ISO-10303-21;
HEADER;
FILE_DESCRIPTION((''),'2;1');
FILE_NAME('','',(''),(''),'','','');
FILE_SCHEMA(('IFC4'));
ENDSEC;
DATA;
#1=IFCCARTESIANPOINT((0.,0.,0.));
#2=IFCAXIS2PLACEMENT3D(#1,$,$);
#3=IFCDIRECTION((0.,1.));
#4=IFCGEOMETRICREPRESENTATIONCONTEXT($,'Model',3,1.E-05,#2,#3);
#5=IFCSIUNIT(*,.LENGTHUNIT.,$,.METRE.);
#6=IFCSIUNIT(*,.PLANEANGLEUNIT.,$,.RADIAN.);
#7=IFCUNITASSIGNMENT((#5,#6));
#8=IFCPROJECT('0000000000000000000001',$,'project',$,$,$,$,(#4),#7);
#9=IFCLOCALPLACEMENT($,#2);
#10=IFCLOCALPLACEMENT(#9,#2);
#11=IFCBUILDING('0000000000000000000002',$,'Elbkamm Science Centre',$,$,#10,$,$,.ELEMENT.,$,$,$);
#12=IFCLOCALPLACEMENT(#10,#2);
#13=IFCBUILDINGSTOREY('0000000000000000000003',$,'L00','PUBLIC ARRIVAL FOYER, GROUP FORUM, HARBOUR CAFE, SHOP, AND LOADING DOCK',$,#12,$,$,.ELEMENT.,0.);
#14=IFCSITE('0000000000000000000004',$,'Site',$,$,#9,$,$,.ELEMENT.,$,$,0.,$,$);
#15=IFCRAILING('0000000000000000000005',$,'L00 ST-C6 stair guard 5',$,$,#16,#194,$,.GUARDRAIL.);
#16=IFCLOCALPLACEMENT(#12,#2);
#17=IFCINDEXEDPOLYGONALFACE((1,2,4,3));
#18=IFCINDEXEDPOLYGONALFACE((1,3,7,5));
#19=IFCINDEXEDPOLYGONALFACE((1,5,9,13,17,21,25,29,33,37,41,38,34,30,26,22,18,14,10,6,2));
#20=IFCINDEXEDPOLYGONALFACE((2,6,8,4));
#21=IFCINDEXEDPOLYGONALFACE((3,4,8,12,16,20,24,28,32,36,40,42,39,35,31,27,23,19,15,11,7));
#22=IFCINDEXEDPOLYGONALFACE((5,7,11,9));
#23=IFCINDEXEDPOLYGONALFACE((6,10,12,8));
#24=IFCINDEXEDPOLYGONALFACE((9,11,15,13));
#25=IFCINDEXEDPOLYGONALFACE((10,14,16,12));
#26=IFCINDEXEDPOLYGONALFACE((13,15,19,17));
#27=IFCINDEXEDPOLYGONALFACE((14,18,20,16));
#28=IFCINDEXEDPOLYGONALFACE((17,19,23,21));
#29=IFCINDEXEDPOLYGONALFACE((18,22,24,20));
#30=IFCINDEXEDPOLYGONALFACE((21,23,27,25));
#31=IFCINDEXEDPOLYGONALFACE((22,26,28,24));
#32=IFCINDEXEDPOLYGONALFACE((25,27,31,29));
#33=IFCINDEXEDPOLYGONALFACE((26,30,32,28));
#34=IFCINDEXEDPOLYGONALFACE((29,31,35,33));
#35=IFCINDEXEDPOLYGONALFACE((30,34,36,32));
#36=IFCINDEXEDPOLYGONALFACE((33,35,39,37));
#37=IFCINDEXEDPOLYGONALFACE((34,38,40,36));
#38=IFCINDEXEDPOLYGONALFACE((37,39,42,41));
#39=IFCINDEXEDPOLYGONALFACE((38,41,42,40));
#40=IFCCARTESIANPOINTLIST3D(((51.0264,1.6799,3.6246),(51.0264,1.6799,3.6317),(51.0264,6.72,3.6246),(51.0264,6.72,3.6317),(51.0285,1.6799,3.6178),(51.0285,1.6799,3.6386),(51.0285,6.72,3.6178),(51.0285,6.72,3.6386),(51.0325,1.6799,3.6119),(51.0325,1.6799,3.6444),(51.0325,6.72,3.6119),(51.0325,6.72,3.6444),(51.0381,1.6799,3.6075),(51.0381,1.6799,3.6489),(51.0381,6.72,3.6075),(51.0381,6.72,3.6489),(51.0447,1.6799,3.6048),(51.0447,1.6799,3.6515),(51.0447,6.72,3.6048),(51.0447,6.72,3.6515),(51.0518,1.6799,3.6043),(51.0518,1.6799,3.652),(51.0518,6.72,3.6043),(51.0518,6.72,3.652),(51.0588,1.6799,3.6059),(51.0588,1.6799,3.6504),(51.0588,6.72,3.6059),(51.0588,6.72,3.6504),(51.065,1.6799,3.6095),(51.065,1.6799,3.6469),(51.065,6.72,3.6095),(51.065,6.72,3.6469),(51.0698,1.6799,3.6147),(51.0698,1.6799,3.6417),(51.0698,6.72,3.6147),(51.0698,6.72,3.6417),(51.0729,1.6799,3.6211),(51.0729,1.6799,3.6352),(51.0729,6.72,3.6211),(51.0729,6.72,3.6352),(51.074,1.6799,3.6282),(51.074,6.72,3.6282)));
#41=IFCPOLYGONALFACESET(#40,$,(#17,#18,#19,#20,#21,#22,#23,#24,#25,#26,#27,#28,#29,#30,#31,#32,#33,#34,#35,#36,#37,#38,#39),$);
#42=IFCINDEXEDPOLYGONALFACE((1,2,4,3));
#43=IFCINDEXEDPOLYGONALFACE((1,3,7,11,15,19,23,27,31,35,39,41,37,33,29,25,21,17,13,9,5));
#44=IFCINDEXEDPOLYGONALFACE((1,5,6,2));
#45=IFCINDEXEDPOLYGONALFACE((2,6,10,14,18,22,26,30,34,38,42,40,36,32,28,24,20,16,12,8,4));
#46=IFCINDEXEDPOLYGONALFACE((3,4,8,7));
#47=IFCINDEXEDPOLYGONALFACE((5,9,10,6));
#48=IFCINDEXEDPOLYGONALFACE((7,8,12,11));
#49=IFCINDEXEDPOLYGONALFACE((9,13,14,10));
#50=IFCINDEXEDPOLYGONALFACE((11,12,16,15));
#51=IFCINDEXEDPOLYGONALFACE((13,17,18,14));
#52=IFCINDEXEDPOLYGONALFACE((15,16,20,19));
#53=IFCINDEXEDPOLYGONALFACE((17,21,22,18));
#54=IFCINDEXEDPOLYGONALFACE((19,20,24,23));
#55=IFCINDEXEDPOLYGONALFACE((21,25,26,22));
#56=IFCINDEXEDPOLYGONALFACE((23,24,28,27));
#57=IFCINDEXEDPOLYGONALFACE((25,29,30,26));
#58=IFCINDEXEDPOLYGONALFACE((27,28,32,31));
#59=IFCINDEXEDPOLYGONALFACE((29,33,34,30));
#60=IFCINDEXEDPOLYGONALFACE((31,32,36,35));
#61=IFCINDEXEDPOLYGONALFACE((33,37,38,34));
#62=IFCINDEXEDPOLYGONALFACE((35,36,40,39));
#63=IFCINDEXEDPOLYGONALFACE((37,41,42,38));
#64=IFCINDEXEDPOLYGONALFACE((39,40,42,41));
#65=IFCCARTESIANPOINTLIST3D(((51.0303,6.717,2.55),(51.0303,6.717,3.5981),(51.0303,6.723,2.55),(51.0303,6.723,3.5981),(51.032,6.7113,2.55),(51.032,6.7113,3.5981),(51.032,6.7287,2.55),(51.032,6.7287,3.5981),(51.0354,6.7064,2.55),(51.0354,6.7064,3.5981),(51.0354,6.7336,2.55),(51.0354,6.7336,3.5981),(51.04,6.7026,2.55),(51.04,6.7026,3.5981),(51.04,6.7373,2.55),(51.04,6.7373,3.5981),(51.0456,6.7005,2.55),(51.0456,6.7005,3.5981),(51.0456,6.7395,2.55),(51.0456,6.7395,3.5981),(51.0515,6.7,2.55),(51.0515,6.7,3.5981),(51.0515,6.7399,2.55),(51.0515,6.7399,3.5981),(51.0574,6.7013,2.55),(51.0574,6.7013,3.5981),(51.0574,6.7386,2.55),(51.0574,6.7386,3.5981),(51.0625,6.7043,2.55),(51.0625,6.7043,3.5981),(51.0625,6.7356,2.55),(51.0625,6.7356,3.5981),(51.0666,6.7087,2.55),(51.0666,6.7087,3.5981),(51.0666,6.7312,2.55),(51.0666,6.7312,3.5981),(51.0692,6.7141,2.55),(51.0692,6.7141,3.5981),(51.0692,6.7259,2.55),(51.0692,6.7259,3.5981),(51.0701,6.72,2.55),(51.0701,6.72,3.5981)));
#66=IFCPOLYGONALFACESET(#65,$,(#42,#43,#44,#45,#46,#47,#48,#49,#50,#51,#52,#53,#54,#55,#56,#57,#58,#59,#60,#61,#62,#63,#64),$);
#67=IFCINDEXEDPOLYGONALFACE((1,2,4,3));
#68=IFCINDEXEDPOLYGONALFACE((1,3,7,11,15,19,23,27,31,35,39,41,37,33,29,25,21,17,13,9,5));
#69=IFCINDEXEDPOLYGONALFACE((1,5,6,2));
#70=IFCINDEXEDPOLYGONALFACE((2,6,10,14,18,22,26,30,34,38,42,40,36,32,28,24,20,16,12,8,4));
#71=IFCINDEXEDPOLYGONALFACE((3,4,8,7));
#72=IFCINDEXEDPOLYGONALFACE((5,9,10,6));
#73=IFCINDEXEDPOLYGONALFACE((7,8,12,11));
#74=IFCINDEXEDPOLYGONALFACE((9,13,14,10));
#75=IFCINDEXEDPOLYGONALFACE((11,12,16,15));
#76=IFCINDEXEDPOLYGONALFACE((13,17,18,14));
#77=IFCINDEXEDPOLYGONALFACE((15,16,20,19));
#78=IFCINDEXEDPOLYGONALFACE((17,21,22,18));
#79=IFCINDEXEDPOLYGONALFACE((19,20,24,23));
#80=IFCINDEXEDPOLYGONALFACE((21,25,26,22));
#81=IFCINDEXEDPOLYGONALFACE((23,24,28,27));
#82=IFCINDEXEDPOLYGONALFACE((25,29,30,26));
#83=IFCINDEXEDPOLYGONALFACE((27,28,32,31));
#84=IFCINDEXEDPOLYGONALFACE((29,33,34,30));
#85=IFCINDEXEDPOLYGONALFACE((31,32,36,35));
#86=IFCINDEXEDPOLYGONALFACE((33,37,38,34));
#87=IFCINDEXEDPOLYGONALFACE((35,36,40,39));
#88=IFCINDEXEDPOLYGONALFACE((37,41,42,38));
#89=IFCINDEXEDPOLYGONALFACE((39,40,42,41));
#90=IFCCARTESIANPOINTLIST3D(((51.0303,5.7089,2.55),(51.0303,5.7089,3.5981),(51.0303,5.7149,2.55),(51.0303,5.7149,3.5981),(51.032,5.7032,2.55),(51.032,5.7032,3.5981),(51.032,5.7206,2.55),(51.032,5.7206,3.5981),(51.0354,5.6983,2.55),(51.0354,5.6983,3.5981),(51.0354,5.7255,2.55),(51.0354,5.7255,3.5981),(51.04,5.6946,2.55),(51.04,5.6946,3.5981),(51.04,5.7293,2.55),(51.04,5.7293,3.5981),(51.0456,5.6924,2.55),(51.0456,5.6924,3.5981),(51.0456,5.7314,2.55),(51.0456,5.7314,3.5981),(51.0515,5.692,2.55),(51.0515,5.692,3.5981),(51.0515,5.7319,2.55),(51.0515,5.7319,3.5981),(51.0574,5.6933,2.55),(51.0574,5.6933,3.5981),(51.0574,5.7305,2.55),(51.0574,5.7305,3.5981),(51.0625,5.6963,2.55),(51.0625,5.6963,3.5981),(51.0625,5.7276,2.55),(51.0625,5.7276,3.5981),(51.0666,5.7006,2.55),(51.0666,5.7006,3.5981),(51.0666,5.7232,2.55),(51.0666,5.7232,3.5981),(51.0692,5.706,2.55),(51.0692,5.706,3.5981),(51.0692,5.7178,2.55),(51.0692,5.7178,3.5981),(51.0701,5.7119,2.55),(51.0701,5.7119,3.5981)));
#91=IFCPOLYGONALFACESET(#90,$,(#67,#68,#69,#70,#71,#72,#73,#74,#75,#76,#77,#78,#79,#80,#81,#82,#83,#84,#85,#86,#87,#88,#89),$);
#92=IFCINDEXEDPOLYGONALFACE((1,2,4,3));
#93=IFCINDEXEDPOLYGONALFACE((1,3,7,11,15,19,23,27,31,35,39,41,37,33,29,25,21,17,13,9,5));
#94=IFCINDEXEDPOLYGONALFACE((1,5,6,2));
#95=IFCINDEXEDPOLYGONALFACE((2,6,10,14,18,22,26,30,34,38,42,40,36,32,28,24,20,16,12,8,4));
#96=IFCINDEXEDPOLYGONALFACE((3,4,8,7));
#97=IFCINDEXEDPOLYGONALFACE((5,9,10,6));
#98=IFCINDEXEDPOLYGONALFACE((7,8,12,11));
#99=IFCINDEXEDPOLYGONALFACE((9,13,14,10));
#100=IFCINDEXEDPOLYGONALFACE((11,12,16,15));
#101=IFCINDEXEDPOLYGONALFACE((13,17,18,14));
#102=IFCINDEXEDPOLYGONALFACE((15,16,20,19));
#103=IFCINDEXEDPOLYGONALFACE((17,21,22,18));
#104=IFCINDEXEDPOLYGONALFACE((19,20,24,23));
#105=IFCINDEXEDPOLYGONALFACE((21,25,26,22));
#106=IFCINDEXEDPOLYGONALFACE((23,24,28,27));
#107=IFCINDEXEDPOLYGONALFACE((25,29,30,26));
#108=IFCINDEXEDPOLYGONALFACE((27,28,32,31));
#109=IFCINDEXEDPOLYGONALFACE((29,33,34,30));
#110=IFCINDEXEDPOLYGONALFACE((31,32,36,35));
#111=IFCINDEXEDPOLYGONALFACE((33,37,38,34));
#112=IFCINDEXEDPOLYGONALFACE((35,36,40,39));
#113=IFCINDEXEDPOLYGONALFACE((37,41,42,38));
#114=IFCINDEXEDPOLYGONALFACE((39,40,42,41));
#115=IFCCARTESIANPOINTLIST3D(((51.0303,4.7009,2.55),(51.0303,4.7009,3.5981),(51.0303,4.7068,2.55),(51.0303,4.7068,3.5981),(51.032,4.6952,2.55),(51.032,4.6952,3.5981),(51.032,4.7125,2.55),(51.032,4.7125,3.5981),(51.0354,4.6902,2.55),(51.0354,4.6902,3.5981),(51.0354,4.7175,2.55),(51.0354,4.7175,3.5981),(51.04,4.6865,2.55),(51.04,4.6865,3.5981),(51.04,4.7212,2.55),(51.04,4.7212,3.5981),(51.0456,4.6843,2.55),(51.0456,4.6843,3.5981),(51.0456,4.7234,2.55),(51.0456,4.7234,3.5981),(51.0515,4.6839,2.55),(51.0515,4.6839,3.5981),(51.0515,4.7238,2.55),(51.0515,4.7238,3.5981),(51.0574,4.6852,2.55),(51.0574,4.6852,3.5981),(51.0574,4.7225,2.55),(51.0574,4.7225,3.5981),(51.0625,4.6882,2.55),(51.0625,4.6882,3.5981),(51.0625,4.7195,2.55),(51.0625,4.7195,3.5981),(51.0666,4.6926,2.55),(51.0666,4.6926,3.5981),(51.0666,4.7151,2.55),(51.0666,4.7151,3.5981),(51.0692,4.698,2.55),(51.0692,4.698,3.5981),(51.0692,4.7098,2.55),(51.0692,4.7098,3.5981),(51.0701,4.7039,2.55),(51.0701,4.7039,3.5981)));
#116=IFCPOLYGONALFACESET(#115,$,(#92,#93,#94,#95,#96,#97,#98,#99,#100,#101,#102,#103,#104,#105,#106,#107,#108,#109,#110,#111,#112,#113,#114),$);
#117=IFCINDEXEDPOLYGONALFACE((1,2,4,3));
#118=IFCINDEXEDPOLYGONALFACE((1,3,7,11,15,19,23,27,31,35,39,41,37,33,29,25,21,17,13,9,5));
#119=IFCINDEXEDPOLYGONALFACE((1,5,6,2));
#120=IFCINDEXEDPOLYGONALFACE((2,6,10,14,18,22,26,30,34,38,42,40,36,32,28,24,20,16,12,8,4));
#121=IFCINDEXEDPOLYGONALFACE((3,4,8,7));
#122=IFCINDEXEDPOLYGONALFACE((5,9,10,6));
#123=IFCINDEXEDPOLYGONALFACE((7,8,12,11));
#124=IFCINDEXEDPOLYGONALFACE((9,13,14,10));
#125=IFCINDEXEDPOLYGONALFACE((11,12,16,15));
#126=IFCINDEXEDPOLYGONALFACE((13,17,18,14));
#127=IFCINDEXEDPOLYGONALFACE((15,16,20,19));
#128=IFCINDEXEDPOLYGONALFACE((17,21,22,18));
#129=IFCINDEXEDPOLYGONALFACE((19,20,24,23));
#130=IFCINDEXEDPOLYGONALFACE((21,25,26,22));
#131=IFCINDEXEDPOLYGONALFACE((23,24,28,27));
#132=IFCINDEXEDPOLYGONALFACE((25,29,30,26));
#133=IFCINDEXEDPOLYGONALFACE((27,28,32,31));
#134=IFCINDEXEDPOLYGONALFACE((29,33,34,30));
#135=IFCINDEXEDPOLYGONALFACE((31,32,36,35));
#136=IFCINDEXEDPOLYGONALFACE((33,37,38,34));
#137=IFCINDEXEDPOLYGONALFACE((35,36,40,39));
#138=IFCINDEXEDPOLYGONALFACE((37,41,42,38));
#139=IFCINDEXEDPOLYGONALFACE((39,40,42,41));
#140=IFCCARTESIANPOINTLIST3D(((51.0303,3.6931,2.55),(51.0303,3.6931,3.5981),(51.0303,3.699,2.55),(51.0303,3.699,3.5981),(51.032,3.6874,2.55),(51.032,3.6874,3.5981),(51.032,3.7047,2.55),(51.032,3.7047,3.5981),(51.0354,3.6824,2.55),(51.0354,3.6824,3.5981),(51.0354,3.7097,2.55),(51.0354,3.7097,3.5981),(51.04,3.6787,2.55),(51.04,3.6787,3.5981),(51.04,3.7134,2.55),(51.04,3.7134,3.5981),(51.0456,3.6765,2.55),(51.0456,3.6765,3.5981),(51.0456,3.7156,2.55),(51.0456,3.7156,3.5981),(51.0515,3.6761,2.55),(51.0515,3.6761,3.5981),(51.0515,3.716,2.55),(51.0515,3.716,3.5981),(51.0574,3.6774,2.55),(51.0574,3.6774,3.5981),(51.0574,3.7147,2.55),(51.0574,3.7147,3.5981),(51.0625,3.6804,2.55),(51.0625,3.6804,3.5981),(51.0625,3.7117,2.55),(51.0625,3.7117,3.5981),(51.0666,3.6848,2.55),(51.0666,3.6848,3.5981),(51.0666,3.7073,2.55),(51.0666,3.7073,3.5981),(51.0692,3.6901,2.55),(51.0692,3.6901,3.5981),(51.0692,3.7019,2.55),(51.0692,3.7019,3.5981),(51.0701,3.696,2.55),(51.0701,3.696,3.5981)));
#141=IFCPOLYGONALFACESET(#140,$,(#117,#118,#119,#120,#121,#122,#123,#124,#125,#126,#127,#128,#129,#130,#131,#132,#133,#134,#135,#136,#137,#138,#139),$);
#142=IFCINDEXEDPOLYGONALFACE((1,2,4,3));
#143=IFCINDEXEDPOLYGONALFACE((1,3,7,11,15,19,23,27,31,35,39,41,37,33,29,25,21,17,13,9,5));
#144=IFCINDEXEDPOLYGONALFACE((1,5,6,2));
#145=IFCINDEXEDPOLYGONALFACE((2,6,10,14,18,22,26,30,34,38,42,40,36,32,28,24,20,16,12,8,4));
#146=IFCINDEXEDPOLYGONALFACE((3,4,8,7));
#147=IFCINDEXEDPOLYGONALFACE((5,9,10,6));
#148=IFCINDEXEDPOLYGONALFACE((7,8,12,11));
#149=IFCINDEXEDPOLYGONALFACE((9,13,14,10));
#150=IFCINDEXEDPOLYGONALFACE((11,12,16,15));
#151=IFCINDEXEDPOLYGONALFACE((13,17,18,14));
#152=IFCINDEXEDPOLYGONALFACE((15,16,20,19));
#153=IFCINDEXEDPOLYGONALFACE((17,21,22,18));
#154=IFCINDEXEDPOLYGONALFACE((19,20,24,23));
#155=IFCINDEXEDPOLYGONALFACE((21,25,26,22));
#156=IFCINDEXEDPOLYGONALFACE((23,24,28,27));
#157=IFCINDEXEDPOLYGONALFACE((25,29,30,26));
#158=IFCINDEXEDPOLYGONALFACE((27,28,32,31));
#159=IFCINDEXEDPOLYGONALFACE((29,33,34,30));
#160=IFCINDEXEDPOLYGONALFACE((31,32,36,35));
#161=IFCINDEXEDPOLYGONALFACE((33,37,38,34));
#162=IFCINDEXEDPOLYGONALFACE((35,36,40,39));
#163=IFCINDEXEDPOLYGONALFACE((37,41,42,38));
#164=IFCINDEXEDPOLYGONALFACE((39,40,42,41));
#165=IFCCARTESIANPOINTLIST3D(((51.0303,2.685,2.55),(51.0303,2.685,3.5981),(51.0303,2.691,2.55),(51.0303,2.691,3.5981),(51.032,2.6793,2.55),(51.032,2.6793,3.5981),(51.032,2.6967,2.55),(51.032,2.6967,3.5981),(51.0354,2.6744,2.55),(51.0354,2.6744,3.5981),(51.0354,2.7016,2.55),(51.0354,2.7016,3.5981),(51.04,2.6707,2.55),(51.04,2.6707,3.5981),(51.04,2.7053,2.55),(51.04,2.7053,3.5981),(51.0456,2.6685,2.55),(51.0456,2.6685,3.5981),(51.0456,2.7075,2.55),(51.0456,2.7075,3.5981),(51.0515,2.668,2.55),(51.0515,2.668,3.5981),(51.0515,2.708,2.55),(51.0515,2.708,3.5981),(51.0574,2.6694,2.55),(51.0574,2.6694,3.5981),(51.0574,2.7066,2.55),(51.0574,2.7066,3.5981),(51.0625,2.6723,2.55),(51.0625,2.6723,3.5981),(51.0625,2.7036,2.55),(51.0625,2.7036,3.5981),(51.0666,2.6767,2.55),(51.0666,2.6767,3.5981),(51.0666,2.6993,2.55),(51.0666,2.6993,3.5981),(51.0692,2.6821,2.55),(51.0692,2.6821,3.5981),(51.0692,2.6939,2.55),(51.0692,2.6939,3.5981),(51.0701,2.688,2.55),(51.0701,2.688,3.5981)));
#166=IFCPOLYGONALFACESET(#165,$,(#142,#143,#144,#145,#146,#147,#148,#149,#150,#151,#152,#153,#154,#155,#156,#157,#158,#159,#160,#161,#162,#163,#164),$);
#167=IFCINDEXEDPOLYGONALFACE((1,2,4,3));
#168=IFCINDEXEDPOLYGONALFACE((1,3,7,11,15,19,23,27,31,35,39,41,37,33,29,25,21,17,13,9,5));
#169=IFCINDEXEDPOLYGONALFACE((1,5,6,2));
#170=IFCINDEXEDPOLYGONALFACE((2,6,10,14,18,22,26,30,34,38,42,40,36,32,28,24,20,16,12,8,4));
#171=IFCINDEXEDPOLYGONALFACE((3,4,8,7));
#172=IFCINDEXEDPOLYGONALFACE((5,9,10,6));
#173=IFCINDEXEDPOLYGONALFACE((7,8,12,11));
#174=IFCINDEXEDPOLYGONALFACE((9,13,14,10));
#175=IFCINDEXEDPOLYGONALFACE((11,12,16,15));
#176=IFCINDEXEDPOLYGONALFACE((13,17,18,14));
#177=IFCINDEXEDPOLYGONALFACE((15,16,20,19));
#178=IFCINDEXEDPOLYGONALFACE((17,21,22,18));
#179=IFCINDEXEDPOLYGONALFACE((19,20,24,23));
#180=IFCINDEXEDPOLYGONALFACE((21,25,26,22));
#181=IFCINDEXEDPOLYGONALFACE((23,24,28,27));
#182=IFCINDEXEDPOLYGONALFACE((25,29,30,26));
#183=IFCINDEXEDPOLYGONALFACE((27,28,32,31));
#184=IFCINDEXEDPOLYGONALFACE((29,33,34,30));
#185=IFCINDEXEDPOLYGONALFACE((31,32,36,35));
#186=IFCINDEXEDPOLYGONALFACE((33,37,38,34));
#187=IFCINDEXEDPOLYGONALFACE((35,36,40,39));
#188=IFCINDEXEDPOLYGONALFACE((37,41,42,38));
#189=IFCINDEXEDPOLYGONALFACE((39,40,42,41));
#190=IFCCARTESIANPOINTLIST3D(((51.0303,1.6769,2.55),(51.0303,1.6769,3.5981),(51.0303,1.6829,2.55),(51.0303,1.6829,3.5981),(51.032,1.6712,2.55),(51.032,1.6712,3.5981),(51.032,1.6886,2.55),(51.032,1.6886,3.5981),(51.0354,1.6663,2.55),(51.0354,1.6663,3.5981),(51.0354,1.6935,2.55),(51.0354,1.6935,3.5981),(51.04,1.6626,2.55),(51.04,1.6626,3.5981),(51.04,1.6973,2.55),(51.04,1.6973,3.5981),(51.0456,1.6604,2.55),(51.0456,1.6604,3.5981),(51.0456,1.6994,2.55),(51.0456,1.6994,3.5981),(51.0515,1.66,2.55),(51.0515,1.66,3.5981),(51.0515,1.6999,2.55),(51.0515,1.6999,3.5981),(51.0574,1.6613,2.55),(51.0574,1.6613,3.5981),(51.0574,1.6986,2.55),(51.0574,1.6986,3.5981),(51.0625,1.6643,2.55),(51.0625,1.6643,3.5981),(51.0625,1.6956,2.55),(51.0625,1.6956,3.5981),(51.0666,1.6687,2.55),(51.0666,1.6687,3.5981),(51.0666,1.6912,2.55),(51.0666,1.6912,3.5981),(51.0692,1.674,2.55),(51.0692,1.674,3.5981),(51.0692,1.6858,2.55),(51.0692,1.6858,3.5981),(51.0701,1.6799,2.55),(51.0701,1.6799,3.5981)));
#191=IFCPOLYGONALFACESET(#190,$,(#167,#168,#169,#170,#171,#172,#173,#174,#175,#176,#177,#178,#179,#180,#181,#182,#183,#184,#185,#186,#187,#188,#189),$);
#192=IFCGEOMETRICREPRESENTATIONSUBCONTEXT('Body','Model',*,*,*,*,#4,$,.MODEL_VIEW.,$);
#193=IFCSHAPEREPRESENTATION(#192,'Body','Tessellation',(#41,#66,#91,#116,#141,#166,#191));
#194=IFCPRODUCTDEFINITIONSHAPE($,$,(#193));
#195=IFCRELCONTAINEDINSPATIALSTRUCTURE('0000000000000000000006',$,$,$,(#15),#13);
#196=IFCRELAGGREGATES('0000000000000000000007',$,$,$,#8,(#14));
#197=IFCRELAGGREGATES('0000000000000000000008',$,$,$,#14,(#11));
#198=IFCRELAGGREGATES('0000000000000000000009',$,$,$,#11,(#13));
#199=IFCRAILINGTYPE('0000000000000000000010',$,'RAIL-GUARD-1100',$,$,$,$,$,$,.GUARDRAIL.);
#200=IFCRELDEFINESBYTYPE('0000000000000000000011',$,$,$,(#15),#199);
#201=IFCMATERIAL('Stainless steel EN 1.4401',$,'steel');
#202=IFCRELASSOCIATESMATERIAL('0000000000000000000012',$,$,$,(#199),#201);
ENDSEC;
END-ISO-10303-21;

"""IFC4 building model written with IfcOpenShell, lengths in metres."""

from ifc_helpers import new_model, si_unit, direction, frame, origin, origin_2d, place, context, subcontext, project, spatial, circle, extrude, material, type_object, element, save


model = new_model("IFC4")

# Units and contexts
model_context = context("Model", 3, precision=1e-05, world=origin(), true_north=direction((0.0, 1.0)))
body_context = subcontext(model_context, "Body", "Model", "MODEL_VIEW")
ifc_project = project(units=[si_unit("LENGTHUNIT", "METRE"), si_unit("PLANEANGLEUNIT", "RADIAN")], contexts=[model_context])

# Site, building, storey
site_placement = place(None, origin())
site = spatial("IfcSite", under=ifc_project, at=site_placement, Name="Site", CompositionType="ELEMENT", RefElevation=0.0)
building_placement = place(site_placement, origin())
building = spatial("IfcBuilding", under=site, at=building_placement, Name="Elbkamm Science Centre", CompositionType="ELEMENT")
storey_placement = place(building_placement, origin())
storey = spatial("IfcBuildingStorey", under=building, at=storey_placement, Name="L00", Description="PUBLIC ARRIVAL FOYER, GROUP FORUM, HARBOUR CAFE, SHOP, AND LOADING DOCK", CompositionType="ELEMENT", Elevation=0.0)

# Railing
ifc_material_1 = material(Name="Stainless steel EN 1.4401", Category="steel")
railing_type_1 = type_object("IfcRailingType", Name="RAIL-GUARD-1100", PredefinedType="GUARDRAIL", material=ifc_material_1)
railing_1_placement = place(storey_placement, frame((51.05, 6.72, 2.55)))
element("IfcRailing", 1, at=railing_1_placement, inside=storey, type_object=railing_type_1, Name="L00 ST-C6 stair guard 5", PredefinedType="GUARDRAIL", context=body_context, shape_type="SweptSolid", body=[
    extrude(circle(Radius=0.0239, at=origin_2d()), frame((0.0, 0.0, 1.0781), z_axis=(0.0, -1.0, 0.0), x_axis=(1.0, 0.0, 0.0)), (0.0, 0.0, 1.0), 5.04),
    extrude(circle(Radius=0.02, at=origin_2d()), origin(), (0.0, 0.0, 1.0), 1.0481),
    extrude(circle(Radius=0.02, at=origin_2d()), frame((0.0, -1.0081, 0.0)), (0.0, 0.0, 1.0), 1.0481),
    extrude(circle(Radius=0.02, at=origin_2d()), frame((0.0, -2.0161, 0.0)), (0.0, 0.0, 1.0), 1.0481),
    extrude(circle(Radius=0.02, at=origin_2d()), frame((0.0, -3.0239, 0.0)), (0.0, 0.0, 1.0), 1.0481),
    extrude(circle(Radius=0.02, at=origin_2d()), frame((0.0, -4.032, 0.0)), (0.0, 0.0, 1.0), 1.0481),
    extrude(circle(Radius=0.02, at=origin_2d()), frame((0.0, -5.04, 0.0)), (0.0, 0.0, 1.0), 1.0481),
])

save(model, "model.ifc")
